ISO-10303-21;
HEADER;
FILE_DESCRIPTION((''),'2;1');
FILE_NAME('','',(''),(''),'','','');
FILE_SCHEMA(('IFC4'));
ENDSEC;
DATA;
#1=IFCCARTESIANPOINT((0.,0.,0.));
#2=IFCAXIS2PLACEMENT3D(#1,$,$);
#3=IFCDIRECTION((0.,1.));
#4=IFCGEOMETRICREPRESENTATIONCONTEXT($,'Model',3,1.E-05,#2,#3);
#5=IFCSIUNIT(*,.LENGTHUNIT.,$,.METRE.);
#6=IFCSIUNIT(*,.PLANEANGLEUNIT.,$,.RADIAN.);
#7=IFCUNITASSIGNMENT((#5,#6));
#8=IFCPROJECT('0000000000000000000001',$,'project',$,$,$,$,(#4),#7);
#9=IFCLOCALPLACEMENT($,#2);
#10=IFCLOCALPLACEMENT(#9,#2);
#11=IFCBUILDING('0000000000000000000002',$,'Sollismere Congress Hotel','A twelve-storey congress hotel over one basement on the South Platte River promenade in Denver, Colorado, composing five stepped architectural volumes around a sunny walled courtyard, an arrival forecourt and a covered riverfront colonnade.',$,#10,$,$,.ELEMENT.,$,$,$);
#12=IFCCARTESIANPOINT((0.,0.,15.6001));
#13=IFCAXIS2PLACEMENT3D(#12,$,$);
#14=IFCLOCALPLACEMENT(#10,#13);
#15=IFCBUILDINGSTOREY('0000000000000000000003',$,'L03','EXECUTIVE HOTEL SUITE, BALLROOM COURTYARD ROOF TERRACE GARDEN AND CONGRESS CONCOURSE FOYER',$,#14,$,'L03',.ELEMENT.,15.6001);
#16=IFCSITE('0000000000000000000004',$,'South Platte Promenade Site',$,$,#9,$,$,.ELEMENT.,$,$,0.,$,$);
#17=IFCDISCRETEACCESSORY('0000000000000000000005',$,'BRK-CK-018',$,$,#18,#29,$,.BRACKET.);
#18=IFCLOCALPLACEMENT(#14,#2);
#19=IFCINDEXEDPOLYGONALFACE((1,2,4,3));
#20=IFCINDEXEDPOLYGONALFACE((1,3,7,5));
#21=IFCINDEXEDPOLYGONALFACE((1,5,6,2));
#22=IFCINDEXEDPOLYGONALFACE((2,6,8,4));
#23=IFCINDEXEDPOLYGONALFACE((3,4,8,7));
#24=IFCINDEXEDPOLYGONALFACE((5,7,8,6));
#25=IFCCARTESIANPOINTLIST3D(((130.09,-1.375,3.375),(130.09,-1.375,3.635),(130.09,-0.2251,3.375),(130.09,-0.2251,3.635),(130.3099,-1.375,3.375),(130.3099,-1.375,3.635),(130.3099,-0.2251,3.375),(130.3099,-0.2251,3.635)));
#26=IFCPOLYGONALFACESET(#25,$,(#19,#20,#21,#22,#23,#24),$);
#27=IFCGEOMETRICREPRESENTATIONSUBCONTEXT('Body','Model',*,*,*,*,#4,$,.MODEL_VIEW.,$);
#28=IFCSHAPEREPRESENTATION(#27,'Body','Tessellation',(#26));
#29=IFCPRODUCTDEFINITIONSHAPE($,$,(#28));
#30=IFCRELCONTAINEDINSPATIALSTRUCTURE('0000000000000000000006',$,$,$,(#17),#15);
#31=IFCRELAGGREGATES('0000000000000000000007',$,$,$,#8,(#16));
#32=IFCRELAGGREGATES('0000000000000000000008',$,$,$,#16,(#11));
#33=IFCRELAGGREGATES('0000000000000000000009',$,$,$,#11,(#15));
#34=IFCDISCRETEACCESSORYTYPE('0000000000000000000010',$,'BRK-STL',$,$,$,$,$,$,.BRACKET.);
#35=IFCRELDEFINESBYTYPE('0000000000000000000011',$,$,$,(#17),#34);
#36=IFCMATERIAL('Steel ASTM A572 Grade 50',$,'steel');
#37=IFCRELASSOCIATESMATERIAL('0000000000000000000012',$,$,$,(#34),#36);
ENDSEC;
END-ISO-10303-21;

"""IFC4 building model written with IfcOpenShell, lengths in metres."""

from ifc_helpers import new_model, si_unit, direction, frame, origin, origin_2d, place, context, subcontext, project, spatial, rectangle, extrude, material, type_object, element, save


model = new_model("IFC4")

# Units and contexts
model_context = context("Model", 3, precision=1e-05, world=origin(), true_north=direction((0.0, 1.0)))
body_context = subcontext(model_context, "Body", "Model", "MODEL_VIEW")
ifc_project = project(units=[si_unit("LENGTHUNIT", "METRE"), si_unit("PLANEANGLEUNIT", "RADIAN")], contexts=[model_context])

# Site, building, storey
site_placement = place(None, origin())
site = spatial("IfcSite", under=ifc_project, at=site_placement, Name="South Platte Promenade Site", CompositionType="ELEMENT", RefElevation=0.0)
building_placement = place(site_placement, origin())
building = spatial("IfcBuilding", under=site, at=building_placement, Name="Sollismere Congress Hotel", Description="A twelve-storey congress hotel over one basement on the South Platte River promenade in Denver, Colorado, composing five stepped architectural volumes around a sunny walled courtyard, an arrival forecourt and a covered riverfront colonnade.", CompositionType="ELEMENT")
storey_placement = place(building_placement, frame((0.0, 0.0, 15.6001)))
storey = spatial("IfcBuildingStorey", under=building, at=storey_placement, Name="L03", Description="EXECUTIVE HOTEL SUITE, BALLROOM COURTYARD ROOF TERRACE GARDEN AND CONGRESS CONCOURSE FOYER", LongName="L03", CompositionType="ELEMENT", Elevation=15.6001)

# Discrete accessory
ifc_material_1 = material(Name="Steel ASTM A572 Grade 50", Category="steel")
discrete_accessory_type = type_object("IfcDiscreteAccessoryType", Name="BRK-STL", PredefinedType="BRACKET", material=ifc_material_1)
for number, where, z_axis, x_axis, name in (
    (1, (130.2, -0.8, 3.375), (0.0, 0.0, 1.0), (1.0, 0.0, 0.0), "BRK-CK-018"),
):
    element("IfcDiscreteAccessory", number, at=place(storey_placement, frame(where, z_axis=z_axis, x_axis=x_axis)), inside=storey, type_object=discrete_accessory_type, Name=name, PredefinedType="BRACKET", context=body_context, shape_type="SweptSolid", body=[
        extrude(rectangle(XDim=0.22, YDim=1.1499, at=origin_2d()), origin(), (0.0, 0.0, 1.0), 0.26),
    ])

save(model, "model.ifc")
